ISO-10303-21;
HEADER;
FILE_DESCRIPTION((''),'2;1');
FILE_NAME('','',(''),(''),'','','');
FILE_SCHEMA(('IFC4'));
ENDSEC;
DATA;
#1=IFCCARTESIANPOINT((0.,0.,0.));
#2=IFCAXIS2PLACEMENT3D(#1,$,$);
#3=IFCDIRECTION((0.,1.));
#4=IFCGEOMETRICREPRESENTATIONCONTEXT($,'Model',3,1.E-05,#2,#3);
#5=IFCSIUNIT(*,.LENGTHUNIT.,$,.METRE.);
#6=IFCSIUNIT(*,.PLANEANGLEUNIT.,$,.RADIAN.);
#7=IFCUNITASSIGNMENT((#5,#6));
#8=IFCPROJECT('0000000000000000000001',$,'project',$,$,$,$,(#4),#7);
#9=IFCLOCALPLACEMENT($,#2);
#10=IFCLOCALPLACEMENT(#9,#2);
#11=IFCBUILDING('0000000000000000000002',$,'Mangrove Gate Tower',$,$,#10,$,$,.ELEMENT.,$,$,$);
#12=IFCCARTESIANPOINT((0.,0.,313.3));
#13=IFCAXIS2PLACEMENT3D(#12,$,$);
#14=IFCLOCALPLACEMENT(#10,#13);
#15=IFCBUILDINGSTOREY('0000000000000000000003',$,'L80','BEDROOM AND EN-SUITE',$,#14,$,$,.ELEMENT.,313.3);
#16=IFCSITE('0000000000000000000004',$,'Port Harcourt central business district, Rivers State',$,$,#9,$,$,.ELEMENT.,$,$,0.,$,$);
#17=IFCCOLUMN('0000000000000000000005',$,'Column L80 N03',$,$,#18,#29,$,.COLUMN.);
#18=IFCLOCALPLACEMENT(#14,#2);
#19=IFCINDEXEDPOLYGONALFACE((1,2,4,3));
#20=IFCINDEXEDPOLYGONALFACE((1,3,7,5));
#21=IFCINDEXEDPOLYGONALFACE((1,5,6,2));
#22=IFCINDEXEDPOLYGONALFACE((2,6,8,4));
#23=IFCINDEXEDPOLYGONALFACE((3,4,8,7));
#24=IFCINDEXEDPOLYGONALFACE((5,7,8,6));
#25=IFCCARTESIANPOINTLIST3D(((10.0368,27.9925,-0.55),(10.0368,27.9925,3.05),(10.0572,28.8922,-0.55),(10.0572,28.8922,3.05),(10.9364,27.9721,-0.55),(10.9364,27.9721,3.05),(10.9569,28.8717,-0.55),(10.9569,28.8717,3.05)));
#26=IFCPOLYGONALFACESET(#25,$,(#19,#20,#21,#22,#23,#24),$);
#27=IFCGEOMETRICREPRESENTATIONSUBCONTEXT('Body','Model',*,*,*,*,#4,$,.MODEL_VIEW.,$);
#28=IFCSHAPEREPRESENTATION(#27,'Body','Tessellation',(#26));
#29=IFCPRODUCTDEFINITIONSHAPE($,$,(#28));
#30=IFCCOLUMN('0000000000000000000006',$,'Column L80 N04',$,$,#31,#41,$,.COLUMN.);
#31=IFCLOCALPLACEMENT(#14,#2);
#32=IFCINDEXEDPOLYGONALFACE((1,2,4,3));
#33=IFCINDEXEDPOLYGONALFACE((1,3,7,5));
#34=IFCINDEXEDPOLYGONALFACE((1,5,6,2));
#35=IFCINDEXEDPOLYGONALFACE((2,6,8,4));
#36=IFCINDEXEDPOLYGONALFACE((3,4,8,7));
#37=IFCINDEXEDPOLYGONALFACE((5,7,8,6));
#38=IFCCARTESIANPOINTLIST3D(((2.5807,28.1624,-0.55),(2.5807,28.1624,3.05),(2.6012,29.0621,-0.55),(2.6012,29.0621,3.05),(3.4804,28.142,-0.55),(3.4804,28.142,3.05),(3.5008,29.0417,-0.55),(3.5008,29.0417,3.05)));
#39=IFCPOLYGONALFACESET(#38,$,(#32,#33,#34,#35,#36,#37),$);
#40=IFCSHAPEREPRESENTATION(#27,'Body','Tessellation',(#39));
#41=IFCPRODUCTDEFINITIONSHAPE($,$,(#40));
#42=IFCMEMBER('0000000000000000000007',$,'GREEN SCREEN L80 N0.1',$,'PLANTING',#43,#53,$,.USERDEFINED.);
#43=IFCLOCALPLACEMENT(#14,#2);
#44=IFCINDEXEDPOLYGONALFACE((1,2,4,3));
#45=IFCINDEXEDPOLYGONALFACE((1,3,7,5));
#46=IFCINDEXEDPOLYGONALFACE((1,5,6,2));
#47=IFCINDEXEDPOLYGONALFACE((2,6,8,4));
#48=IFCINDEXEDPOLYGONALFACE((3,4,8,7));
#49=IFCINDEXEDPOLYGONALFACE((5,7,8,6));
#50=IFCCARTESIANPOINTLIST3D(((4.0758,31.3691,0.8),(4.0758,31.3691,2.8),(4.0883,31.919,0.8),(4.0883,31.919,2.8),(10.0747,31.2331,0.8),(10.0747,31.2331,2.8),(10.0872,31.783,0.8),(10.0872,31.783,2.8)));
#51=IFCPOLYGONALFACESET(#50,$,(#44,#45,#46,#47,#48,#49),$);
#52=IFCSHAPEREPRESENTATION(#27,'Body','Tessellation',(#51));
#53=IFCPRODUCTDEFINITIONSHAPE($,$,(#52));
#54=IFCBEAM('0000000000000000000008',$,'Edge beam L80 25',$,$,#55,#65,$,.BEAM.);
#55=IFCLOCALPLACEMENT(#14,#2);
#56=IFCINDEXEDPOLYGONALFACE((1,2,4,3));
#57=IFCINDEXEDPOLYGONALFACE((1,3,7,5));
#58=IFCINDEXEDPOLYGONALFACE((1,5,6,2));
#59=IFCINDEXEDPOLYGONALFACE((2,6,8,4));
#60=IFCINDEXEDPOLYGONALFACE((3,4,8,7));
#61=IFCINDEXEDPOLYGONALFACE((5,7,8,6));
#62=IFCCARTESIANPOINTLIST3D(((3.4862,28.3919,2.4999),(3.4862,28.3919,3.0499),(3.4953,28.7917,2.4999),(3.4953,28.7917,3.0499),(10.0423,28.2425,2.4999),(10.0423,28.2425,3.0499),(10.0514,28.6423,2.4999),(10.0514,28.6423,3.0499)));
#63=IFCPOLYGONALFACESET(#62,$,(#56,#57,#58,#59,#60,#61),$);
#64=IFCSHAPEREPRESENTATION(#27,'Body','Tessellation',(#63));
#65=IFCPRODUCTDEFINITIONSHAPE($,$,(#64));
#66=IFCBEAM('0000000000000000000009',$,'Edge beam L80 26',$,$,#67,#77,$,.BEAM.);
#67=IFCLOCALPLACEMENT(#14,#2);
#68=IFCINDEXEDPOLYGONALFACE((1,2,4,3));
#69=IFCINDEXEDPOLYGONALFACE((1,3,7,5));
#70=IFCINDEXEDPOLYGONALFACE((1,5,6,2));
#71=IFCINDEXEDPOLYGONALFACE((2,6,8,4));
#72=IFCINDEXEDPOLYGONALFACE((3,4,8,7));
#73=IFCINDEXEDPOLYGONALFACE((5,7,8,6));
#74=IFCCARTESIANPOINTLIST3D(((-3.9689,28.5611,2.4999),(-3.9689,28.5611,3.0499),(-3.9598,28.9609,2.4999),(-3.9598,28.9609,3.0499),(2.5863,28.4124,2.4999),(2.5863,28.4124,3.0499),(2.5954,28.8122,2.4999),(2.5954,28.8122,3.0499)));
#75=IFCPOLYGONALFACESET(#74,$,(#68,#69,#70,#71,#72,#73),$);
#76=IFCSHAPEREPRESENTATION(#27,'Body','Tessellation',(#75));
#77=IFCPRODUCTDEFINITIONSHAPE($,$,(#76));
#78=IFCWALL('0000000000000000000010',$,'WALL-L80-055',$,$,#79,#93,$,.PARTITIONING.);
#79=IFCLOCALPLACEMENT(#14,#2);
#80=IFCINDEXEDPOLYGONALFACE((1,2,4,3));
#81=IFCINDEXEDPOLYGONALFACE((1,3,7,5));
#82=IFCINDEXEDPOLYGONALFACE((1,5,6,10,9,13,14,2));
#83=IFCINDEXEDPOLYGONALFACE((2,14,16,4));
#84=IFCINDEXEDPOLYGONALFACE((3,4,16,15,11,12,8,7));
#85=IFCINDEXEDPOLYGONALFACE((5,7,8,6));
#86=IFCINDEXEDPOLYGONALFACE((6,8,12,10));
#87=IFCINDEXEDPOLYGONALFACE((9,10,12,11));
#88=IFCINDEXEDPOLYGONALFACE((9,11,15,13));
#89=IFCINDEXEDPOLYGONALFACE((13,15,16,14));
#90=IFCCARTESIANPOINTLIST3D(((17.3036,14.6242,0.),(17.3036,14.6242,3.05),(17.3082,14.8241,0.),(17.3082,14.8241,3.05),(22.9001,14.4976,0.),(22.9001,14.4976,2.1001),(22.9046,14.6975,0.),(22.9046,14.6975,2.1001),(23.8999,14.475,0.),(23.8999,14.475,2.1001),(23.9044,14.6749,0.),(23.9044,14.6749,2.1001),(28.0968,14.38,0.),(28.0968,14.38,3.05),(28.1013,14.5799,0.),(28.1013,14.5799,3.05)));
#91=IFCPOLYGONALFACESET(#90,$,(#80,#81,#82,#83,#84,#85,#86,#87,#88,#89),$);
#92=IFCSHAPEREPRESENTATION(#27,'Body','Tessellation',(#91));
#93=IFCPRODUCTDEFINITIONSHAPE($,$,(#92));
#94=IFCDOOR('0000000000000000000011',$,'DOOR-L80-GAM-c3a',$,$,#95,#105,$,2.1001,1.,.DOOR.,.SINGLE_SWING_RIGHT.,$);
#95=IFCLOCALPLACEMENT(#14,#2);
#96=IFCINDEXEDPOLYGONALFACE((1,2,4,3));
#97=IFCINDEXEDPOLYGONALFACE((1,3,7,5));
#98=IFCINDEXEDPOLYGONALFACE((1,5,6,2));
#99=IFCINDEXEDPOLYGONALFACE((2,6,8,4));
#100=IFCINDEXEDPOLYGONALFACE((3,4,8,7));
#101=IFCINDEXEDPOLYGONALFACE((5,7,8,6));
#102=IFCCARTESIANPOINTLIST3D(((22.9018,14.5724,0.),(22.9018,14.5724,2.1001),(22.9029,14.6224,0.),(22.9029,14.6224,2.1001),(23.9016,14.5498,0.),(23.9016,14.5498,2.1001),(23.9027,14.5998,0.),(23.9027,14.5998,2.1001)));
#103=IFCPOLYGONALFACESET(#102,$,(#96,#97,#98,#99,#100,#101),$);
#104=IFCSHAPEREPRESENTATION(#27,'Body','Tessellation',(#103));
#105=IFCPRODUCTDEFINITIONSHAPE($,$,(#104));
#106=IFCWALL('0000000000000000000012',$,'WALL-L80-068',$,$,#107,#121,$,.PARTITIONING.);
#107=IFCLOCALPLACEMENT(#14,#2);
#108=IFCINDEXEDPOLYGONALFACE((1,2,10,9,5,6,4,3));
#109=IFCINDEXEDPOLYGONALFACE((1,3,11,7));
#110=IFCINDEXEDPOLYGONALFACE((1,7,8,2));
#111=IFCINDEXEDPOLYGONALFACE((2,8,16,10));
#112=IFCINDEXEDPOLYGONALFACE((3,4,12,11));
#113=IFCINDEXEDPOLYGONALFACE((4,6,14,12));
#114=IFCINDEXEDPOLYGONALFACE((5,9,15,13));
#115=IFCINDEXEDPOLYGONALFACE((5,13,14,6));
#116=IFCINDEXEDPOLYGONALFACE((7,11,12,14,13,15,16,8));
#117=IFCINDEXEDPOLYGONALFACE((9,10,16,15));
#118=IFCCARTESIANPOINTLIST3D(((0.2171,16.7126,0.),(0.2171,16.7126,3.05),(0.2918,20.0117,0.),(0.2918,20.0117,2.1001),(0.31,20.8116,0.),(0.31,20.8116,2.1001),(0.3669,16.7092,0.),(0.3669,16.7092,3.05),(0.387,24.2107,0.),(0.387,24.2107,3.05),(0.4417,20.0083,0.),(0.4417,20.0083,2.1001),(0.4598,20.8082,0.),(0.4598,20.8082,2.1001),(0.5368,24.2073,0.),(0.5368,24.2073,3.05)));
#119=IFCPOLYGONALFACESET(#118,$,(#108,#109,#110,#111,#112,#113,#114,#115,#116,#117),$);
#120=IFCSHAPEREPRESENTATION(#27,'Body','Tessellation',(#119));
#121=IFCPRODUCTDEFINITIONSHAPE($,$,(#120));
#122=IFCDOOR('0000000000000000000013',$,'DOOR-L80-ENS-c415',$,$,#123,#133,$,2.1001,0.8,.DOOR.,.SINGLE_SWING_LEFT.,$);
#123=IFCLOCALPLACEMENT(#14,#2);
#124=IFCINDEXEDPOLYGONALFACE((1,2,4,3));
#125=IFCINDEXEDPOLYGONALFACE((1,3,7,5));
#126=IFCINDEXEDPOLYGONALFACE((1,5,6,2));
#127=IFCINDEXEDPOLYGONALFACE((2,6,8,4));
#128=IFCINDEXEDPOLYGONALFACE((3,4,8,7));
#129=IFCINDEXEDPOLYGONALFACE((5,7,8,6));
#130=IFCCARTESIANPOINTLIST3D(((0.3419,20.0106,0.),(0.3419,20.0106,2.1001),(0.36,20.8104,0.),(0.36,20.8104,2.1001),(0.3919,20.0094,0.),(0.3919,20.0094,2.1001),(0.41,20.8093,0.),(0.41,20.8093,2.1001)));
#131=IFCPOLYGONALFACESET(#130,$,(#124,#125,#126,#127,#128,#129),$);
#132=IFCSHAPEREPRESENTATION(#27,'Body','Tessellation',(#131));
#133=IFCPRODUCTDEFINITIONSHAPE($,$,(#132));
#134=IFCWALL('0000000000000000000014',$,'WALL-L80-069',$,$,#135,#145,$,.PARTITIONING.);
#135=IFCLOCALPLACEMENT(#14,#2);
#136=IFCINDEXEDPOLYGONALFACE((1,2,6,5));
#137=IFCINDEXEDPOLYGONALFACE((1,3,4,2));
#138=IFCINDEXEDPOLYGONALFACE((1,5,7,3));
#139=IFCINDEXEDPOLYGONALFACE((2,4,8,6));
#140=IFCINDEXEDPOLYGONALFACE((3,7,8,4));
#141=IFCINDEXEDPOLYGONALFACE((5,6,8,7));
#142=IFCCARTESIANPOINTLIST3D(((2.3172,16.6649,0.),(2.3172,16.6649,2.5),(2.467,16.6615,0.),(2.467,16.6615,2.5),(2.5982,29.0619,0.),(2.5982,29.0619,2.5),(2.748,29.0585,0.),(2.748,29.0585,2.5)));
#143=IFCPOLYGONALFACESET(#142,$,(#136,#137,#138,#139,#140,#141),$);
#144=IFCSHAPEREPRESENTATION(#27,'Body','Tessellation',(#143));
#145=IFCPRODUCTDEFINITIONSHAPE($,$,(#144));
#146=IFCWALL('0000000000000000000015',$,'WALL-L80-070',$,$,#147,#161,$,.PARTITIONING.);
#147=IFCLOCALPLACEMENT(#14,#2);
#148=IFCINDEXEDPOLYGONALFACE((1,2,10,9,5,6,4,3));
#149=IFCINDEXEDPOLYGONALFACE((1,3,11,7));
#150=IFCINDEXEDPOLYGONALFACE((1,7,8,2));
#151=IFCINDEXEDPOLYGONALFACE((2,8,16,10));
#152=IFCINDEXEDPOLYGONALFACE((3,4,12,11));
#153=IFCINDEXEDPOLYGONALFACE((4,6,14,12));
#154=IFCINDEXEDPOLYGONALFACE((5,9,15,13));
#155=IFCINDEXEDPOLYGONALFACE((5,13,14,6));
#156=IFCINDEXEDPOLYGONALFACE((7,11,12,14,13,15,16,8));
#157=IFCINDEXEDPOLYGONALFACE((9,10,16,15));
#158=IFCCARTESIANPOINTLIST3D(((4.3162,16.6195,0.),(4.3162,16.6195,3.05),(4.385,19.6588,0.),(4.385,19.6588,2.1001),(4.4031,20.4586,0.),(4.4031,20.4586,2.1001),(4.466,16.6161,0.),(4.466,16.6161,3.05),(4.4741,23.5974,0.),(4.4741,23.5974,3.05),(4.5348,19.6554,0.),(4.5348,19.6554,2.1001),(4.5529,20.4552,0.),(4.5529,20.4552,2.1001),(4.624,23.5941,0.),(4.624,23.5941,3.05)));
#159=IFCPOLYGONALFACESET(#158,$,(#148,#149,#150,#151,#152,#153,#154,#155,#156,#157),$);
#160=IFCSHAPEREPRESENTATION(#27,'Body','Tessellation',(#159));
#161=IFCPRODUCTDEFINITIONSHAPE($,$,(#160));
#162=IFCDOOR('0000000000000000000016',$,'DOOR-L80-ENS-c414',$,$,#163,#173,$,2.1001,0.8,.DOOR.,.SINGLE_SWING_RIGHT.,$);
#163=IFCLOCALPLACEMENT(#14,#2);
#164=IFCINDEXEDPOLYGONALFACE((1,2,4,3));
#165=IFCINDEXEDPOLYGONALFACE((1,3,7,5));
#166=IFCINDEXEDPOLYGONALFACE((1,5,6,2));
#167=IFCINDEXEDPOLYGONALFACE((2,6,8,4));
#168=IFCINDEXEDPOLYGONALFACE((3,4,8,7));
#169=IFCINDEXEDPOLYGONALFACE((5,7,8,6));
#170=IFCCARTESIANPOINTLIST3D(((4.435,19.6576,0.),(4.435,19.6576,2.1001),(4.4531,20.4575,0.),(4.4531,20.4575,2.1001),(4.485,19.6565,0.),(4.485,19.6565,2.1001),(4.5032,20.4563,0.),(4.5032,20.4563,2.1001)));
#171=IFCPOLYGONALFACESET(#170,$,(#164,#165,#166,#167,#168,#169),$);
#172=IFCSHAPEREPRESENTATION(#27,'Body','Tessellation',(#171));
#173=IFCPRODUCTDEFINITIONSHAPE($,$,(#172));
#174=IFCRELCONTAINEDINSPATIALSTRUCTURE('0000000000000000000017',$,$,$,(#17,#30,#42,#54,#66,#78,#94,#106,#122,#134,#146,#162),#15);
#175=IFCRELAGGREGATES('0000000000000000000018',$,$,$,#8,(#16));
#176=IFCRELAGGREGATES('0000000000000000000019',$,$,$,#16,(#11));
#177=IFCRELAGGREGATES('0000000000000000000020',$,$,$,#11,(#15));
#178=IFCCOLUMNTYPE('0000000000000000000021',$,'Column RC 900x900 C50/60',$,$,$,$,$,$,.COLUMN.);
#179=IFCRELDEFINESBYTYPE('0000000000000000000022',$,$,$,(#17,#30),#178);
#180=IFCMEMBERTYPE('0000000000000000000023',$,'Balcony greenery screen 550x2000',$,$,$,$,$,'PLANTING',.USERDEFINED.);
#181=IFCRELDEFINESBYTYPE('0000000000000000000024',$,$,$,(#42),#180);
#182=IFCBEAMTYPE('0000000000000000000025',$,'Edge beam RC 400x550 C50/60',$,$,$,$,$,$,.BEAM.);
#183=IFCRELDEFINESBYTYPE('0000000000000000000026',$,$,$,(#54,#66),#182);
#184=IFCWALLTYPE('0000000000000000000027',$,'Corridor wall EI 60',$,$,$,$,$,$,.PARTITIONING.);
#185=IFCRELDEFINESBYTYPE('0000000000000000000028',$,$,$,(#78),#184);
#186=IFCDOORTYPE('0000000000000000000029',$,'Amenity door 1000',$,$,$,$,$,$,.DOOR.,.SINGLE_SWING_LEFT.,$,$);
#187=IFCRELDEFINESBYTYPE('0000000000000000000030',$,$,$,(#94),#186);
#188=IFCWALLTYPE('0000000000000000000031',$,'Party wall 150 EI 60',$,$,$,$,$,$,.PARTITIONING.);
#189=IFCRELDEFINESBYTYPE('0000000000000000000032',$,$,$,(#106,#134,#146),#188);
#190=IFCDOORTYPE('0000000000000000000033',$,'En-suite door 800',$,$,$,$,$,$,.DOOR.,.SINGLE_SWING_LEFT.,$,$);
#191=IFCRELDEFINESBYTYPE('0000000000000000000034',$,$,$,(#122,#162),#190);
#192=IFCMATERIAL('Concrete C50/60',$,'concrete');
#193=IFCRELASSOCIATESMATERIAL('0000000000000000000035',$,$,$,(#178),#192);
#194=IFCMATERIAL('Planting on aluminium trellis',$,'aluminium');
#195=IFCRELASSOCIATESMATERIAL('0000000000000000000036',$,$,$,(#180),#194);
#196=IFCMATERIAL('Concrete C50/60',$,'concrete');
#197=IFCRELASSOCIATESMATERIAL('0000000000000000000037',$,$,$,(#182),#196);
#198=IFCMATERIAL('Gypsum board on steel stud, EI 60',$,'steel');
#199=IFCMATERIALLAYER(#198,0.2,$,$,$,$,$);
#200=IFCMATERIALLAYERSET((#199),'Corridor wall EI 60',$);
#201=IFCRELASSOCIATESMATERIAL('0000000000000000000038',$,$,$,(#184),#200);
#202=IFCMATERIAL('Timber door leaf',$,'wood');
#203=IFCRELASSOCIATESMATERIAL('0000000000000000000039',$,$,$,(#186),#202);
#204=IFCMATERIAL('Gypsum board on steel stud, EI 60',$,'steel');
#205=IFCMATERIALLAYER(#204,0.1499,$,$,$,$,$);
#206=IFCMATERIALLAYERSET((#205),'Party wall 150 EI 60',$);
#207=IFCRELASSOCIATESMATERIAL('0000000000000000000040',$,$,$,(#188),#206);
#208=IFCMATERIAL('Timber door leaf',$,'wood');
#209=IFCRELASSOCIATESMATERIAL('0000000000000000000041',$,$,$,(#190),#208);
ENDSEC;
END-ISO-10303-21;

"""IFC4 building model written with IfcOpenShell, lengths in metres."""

from ifc_helpers import new_model, si_unit, direction, frame, frame_2d, origin, origin_2d, place, context, subcontext, project, spatial, rectangle, extrude, material, layer, layer_set, material_profile, profile_set, type_object, element, fill, save


model = new_model("IFC4")

# Units and contexts
model_context = context("Model", 3, precision=1e-05, world=origin(), true_north=direction((0.0, 1.0)))
body_context = subcontext(model_context, "Body", "Model", "MODEL_VIEW")
ifc_project = project(units=[si_unit("LENGTHUNIT", "METRE"), si_unit("PLANEANGLEUNIT", "RADIAN")], contexts=[model_context])

# Site, building, storey
site_placement = place(None, origin())
site = spatial("IfcSite", under=ifc_project, at=site_placement, Name="Port Harcourt central business district, Rivers State", CompositionType="ELEMENT", RefElevation=0.0)
building_placement = place(site_placement, origin())
building = spatial("IfcBuilding", under=site, at=building_placement, Name="Mangrove Gate Tower", CompositionType="ELEMENT")
storey_placement = place(building_placement, frame((0.0, 0.0, 313.3)))
storey = spatial("IfcBuildingStorey", under=building, at=storey_placement, Name="L80", Description="BEDROOM AND EN-SUITE", CompositionType="ELEMENT", Elevation=313.3)

# Columns
ifc_material_1 = material(Name="Concrete C50/60", Category="concrete")
ifc_material_profile_1 = material_profile(ifc_material_1, rectangle(XDim=0.8999, YDim=0.8999, at=origin_2d()))
ifc_profile_set_1 = profile_set([ifc_material_profile_1], Name="Concrete C50/60")
column_type = type_object("IfcColumnType", Name="Column RC 900x900 C50/60", PredefinedType="COLUMN", material=ifc_profile_set_1)
for number, where, z_axis, x_axis, name in (
    (1, (10.4968, 28.4321, -0.55), (0.0, 0.0, 1.0), (-0.999742, 0.022729, 0.0), "Column L80 N03"),
    (2, (3.0408, 28.6021, -0.55), (0.0, 0.0, 1.0), (-0.999742, 0.022729, 0.0), "Column L80 N04"),
):
    element("IfcColumn", number, at=place(storey_placement, frame(where, z_axis=z_axis, x_axis=x_axis)), inside=storey, type_object=column_type, Name=name, PredefinedType="COLUMN", context=body_context, shape_type="SweptSolid", body=[
        extrude(rectangle(XDim=0.8999, YDim=0.8999, at=origin_2d()), origin(), (0.0, 0.0, 1.0), 3.6001),
    ])

# Member
ifc_material_2 = material(Name="Planting on aluminium trellis", Category="aluminium")
ifc_material_profile_2 = material_profile(ifc_material_2, rectangle(XDim=0.55, YDim=2.0, at=origin_2d()))
ifc_profile_set_2 = profile_set([ifc_material_profile_2], Name="Planting on aluminium trellis")
member_type = type_object("IfcMemberType", Name="Balcony greenery screen 550x2000", ElementType="PLANTING", PredefinedType="USERDEFINED", material=ifc_profile_set_2)
member_placement = place(storey_placement, frame((4.082, 31.644, 1.8), z_axis=(0.999743, -0.022662, 0.0), x_axis=(0.022662, 0.999743, 0.0)))
element("IfcMember", 3, at=member_placement, inside=storey, type_object=member_type, Name="GREEN SCREEN L80 N0.1", ObjectType="PLANTING", PredefinedType="USERDEFINED", context=body_context, shape_type="SweptSolid", body=[
    extrude(rectangle(XDim=0.55, YDim=2.0, at=origin_2d()), origin(), (0.0, 0.0, 1.0), 6.0005),
])

# Beams
ifc_material_3 = material(Name="Concrete C50/60", Category="concrete")
ifc_material_profile_3 = material_profile(ifc_material_3, rectangle(XDim=0.3999, YDim=0.55, at=origin_2d()))
ifc_profile_set_3 = profile_set([ifc_material_profile_3], Name="Concrete C50/60")
beam_type = type_object("IfcBeamType", Name="Edge beam RC 400x550 C50/60", PredefinedType="BEAM", material=ifc_profile_set_3)
beam_1_placement = place(storey_placement, frame((10.0469, 28.4424, 2.7749), z_axis=(-0.99974, 0.022784, 0.0), x_axis=(-0.022784, -0.99974, 0.0)))
element("IfcBeam", 4, at=beam_1_placement, inside=storey, type_object=beam_type, Name="Edge beam L80 25", PredefinedType="BEAM", context=body_context, shape_type="SweptSolid", body=[
    extrude(rectangle(XDim=0.3999, YDim=0.55, at=origin_2d()), origin(), (0.0, 0.0, 1.0), 6.5579),
])
beam_2_placement = place(storey_placement, frame((2.5908, 28.6123, 2.7749), z_axis=(-0.999743, 0.022676, 0.0), x_axis=(-0.022676, -0.999743, 0.0)))
element("IfcBeam", 5, at=beam_2_placement, inside=storey, type_object=beam_type, Name="Edge beam L80 26", PredefinedType="BEAM", context=body_context, shape_type="SweptSolid", body=[
    extrude(rectangle(XDim=0.3999, YDim=0.55, at=origin_2d()), origin(), (0.0, 0.0, 1.0), 6.5569),
])

# Walls, openings, doors
ifc_material_4 = material(Name="Gypsum board on steel stud, EI 60", Category="steel")
ifc_layer_1 = layer(ifc_material_4, 0.2)
ifc_layer_set_1 = layer_set([ifc_layer_1], Name="Corridor wall EI 60")
wall_type_1 = type_object("IfcWallType", Name="Corridor wall EI 60", PredefinedType="PARTITIONING", material=ifc_layer_set_1)
wall_1_placement = place(storey_placement, frame((17.3059, 14.7241, 0.0), z_axis=(0.0, 0.0, 1.0), x_axis=(0.999744, -0.022614, 0.0)))
wall_1 = element("IfcWall", 6, at=wall_1_placement, inside=storey, type_object=wall_type_1, Name="WALL-L80-055", PredefinedType="PARTITIONING", context=body_context, shape_type="SweptSolid", body=[
    extrude(rectangle(XDim=10.7959, YDim=0.2, at=frame_2d((5.3979, 0.0))), origin(), (0.0, 0.0, 1.0), 3.05),
])
opening_1_placement = place(wall_1_placement, frame((5.5979, 0.0, 0.0)))
opening_1 = element("IfcOpeningElement", 7, at=opening_1_placement, cuts=wall_1, PredefinedType="OPENING", context=body_context, shape_type="SweptSolid", body=[
    extrude(rectangle(XDim=1.0, YDim=2.1001, at=frame_2d((0.5, 1.05))), frame((0.0, 0.1099, 0.0), z_axis=(0.0, -1.0, 0.0), x_axis=(1.0, 0.0, 0.0)), (0.0, 0.0, 1.0), 0.22),
])
ifc_material_5 = material(Name="Timber door leaf", Category="wood")
door_type_1 = type_object("IfcDoorType", Name="Amenity door 1000", OperationType="SINGLE_SWING_LEFT", PredefinedType="DOOR", material=ifc_material_5)
door_1_placement = place(opening_1_placement, origin())
door_1 = element("IfcDoor", 8, at=door_1_placement, inside=storey, type_object=door_type_1, Name="DOOR-L80-GAM-c3a", OperationType="SINGLE_SWING_RIGHT", OverallHeight=2.1001, OverallWidth=1.0, PredefinedType="DOOR", context=body_context, shape_type="SweptSolid", body=[
    extrude(rectangle(XDim=1.0, YDim=2.1001, at=frame_2d((0.5, 1.05))), frame((0.0, 0.0249, 0.0), z_axis=(0.0, -1.0, 0.0), x_axis=(1.0, 0.0, 0.0)), (0.0, 0.0, 1.0), 0.05),
])
fill(opening_1, door_1)
ifc_material_6 = material(Name="Gypsum board on steel stud, EI 60", Category="steel")
ifc_layer_2 = layer(ifc_material_6, 0.1499)
ifc_layer_set_2 = layer_set([ifc_layer_2], Name="Party wall 150 EI 60")
wall_type_2 = type_object("IfcWallType", Name="Party wall 150 EI 60", PredefinedType="PARTITIONING", material=ifc_layer_set_2)
wall_2_placement = place(storey_placement, frame((0.292, 16.7109, 0.0), z_axis=(0.0, 0.0, 1.0), x_axis=(0.022656, 0.999743, 0.0)))
wall_2 = element("IfcWall", 9, at=wall_2_placement, inside=storey, type_object=wall_type_2, Name="WALL-L80-068", PredefinedType="PARTITIONING", context=body_context, shape_type="SweptSolid", body=[
    extrude(rectangle(XDim=7.5, YDim=0.1499, at=frame_2d((3.75, 0.0))), origin(), (0.0, 0.0, 1.0), 3.05),
])
opening_2_placement = place(wall_2_placement, frame((3.3, 0.0, 0.0)))
opening_2 = element("IfcOpeningElement", 10, at=opening_2_placement, cuts=wall_2, PredefinedType="OPENING", context=body_context, shape_type="SweptSolid", body=[
    extrude(rectangle(XDim=0.8, YDim=2.1001, at=frame_2d((0.3999, 1.05))), frame((0.0, 0.085, 0.0), z_axis=(0.0, -1.0, 0.0), x_axis=(1.0, 0.0, 0.0)), (0.0, 0.0, 1.0), 0.1699),
])
ifc_material_7 = material(Name="Timber door leaf", Category="wood")
door_type_2 = type_object("IfcDoorType", Name="En-suite door 800", OperationType="SINGLE_SWING_LEFT", PredefinedType="DOOR", material=ifc_material_7)
door_2_placement = place(opening_2_placement, origin())
door_2 = element("IfcDoor", 11, at=door_2_placement, inside=storey, type_object=door_type_2, Name="DOOR-L80-ENS-c415", OperationType="SINGLE_SWING_LEFT", OverallHeight=2.1001, OverallWidth=0.8, PredefinedType="DOOR", context=body_context, shape_type="SweptSolid", body=[
    extrude(rectangle(XDim=0.8, YDim=2.1001, at=frame_2d((0.3999, 1.05))), frame((0.0, 0.0249, 0.0), z_axis=(0.0, -1.0, 0.0), x_axis=(1.0, 0.0, 0.0)), (0.0, 0.0, 1.0), 0.05),
])
fill(opening_2, door_2)

# Wall
wall_3_placement = place(storey_placement, frame((2.3921, 16.6631, 0.0), z_axis=(0.0, 0.0, 1.0), x_axis=(0.022661, 0.999743, 0.0)))
element("IfcWall", 12, at=wall_3_placement, inside=storey, type_object=wall_type_2, Name="WALL-L80-069", PredefinedType="PARTITIONING", context=body_context, shape_type="SweptSolid", body=[
    extrude(rectangle(XDim=12.4001, YDim=0.1499, at=frame_2d((6.2002, 0.0))), origin(), (0.0, 0.0, 1.0), 2.5),
])

# Wall, opening, door
wall_4_placement = place(storey_placement, frame((4.3911, 16.6179, 0.0), z_axis=(0.0, 0.0, 1.0), x_axis=(0.022631, 0.999744, 0.0)))
wall_4 = element("IfcWall", 13, at=wall_4_placement, inside=storey, type_object=wall_type_2, Name="WALL-L80-070", PredefinedType="PARTITIONING", context=body_context, shape_type="SweptSolid", body=[
    extrude(rectangle(XDim=6.9797, YDim=0.1499, at=frame_2d((3.4897, 0.0))), origin(), (0.0, 0.0, 1.0), 3.05),
])
opening_3_placement = place(wall_4_placement, frame((3.04, 0.0, 0.0)))
opening_3 = element("IfcOpeningElement", 14, at=opening_3_placement, cuts=wall_4, PredefinedType="OPENING", context=body_context, shape_type="SweptSolid", body=[
    extrude(rectangle(XDim=0.8, YDim=2.1001, at=frame_2d((0.3999, 1.05))), frame((0.0, 0.085, 0.0), z_axis=(0.0, -1.0, 0.0), x_axis=(1.0, 0.0, 0.0)), (0.0, 0.0, 1.0), 0.1699),
])
door_3_placement = place(opening_3_placement, origin())
door_3 = element("IfcDoor", 15, at=door_3_placement, inside=storey, type_object=door_type_2, Name="DOOR-L80-ENS-c414", OperationType="SINGLE_SWING_RIGHT", OverallHeight=2.1001, OverallWidth=0.8, PredefinedType="DOOR", context=body_context, shape_type="SweptSolid", body=[
    extrude(rectangle(XDim=0.8, YDim=2.1001, at=frame_2d((0.3999, 1.05))), frame((0.0, 0.0249, 0.0), z_axis=(0.0, -1.0, 0.0), x_axis=(1.0, 0.0, 0.0)), (0.0, 0.0, 1.0), 0.05),
])
fill(opening_3, door_3)

save(model, "model.ifc")
